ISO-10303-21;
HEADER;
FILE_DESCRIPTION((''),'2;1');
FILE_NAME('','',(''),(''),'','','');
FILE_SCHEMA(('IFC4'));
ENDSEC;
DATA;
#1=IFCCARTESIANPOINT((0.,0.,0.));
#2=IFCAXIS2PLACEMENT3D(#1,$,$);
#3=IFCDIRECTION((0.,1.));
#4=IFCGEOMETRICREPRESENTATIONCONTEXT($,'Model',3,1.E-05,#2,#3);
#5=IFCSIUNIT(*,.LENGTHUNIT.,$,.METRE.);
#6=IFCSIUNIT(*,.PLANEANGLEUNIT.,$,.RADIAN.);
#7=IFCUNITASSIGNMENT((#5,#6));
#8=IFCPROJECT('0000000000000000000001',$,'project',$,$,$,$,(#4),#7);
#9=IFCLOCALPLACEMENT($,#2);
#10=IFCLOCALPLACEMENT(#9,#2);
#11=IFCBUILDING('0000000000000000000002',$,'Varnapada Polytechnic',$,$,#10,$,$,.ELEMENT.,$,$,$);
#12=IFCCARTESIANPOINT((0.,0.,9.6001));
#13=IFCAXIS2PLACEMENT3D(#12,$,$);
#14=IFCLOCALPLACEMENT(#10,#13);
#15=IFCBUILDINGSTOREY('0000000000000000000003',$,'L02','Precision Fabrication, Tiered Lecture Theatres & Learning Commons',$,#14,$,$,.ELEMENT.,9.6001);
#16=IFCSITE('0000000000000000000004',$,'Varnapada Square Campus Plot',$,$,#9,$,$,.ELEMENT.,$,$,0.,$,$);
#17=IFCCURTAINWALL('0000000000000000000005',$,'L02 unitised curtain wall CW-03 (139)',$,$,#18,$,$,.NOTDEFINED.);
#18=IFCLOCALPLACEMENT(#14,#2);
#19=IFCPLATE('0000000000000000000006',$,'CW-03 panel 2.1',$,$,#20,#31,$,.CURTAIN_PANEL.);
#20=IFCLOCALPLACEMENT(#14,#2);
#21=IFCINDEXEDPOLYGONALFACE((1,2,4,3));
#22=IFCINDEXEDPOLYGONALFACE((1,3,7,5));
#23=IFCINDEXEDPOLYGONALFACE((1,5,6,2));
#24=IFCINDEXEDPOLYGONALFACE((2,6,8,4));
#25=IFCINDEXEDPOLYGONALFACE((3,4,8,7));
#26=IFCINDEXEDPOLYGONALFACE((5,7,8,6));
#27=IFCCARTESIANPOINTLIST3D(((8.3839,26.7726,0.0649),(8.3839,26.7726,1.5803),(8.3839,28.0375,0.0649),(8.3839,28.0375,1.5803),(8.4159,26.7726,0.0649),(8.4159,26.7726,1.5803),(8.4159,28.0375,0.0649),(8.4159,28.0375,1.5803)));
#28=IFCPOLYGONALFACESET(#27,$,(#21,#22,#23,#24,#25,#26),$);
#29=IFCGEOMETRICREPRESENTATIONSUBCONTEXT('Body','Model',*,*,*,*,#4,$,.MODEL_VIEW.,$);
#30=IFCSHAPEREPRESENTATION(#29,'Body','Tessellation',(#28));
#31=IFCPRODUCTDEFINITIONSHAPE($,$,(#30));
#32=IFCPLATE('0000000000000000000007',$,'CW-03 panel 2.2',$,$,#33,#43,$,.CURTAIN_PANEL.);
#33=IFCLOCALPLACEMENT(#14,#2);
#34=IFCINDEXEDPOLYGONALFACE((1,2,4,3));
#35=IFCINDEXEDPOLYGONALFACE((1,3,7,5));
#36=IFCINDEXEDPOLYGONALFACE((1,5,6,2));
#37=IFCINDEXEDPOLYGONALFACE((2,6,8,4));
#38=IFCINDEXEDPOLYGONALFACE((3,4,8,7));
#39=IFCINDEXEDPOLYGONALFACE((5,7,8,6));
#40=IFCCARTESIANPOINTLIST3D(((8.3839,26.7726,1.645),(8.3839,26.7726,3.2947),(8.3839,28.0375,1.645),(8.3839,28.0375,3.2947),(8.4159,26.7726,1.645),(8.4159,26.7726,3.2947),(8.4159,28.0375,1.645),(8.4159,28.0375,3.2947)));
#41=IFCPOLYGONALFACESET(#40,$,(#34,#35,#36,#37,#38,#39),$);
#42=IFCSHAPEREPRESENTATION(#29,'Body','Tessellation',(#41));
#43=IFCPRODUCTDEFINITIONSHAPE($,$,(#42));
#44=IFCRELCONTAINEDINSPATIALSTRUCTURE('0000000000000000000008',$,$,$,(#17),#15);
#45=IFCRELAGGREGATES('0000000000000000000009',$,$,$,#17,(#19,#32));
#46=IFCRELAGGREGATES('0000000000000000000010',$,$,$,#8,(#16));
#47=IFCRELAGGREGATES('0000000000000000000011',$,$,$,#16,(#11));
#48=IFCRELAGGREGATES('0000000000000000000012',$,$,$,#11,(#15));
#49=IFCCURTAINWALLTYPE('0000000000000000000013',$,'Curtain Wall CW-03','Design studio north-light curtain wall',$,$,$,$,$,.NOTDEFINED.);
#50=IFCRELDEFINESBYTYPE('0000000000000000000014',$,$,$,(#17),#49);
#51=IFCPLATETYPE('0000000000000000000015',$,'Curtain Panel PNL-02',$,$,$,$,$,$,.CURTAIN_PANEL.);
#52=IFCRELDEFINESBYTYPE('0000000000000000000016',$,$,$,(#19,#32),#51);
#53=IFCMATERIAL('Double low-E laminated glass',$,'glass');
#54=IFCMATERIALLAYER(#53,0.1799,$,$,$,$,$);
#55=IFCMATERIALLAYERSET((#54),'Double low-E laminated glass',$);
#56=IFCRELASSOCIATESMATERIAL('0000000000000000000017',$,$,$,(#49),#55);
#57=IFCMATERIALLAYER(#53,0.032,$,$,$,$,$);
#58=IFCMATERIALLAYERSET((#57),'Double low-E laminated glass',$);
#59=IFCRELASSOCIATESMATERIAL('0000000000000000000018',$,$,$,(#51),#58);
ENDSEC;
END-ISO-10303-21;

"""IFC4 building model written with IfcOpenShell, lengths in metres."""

from ifc_helpers import new_model, si_unit, direction, frame, origin, origin_2d, place, context, subcontext, project, spatial, rectangle, extrude, material, layer, layer_set, type_object, element, aggregate, save


model = new_model("IFC4")

# Units and contexts
model_context = context("Model", 3, precision=1e-05, world=origin(), true_north=direction((0.0, 1.0)))
body_context = subcontext(model_context, "Body", "Model", "MODEL_VIEW")
ifc_project = project(units=[si_unit("LENGTHUNIT", "METRE"), si_unit("PLANEANGLEUNIT", "RADIAN")], contexts=[model_context])

# Site, building, storey
site_placement = place(None, origin())
site = spatial("IfcSite", under=ifc_project, at=site_placement, Name="Varnapada Square Campus Plot", CompositionType="ELEMENT", RefElevation=0.0)
building_placement = place(site_placement, origin())
building = spatial("IfcBuilding", under=site, at=building_placement, Name="Varnapada Polytechnic", CompositionType="ELEMENT")
storey_placement = place(building_placement, frame((0.0, 0.0, 9.6001)))
storey = spatial("IfcBuildingStorey", under=building, at=storey_placement, Name="L02", Description="Precision Fabrication, Tiered Lecture Theatres & Learning Commons", CompositionType="ELEMENT", Elevation=9.6001)

# Curtain wall
ifc_material_1 = material(Name="Double low-E laminated glass", Category="glass")
ifc_layer_1 = layer(ifc_material_1, 0.1799)
ifc_layer_set_1 = layer_set([ifc_layer_1], Name="Double low-E laminated glass")
curtain_wall_type = type_object("IfcCurtainWallType", Name="Curtain Wall CW-03", Description="Design studio north-light curtain wall", PredefinedType="NOTDEFINED", material=ifc_layer_set_1)
curtain_wall_placement = place(storey_placement, origin())
curtain_wall = element("IfcCurtainWall", 1, at=curtain_wall_placement, inside=storey, type_object=curtain_wall_type, Name="L02 unitised curtain wall CW-03 (139)", PredefinedType="NOTDEFINED")

# Plates
ifc_layer_2 = layer(ifc_material_1, 0.032)
ifc_layer_set_2 = layer_set([ifc_layer_2], Name="Double low-E laminated glass")
plate_type = type_object("IfcPlateType", Name="Curtain Panel PNL-02", PredefinedType="CURTAIN_PANEL", material=ifc_layer_set_2)
plate_1_placement = place(storey_placement, frame((8.3999, 27.405, 0.0649), z_axis=(0.0, 0.0, 1.0), x_axis=(0.0, 1.0, 0.0)))
plate_1 = element("IfcPlate", 2, at=plate_1_placement, type_object=plate_type, Name="CW-03 panel 2.1", PredefinedType="CURTAIN_PANEL", context=body_context, shape_type="SweptSolid", body=[
    extrude(rectangle(XDim=1.2649, YDim=0.032, at=origin_2d()), origin(), (0.0, 0.0, 1.0), 1.5154),
])
plate_2_placement = place(storey_placement, frame((8.3999, 27.405, 1.645), z_axis=(0.0, 0.0, 1.0), x_axis=(0.0, 1.0, 0.0)))
plate_2 = element("IfcPlate", 3, at=plate_2_placement, type_object=plate_type, Name="CW-03 panel 2.2", PredefinedType="CURTAIN_PANEL", context=body_context, shape_type="SweptSolid", body=[
    extrude(rectangle(XDim=1.2649, YDim=0.032, at=origin_2d()), origin(), (0.0, 0.0, 1.0), 1.6497),
])
aggregate(curtain_wall, [plate_1, plate_2])

save(model, "model.ifc")
